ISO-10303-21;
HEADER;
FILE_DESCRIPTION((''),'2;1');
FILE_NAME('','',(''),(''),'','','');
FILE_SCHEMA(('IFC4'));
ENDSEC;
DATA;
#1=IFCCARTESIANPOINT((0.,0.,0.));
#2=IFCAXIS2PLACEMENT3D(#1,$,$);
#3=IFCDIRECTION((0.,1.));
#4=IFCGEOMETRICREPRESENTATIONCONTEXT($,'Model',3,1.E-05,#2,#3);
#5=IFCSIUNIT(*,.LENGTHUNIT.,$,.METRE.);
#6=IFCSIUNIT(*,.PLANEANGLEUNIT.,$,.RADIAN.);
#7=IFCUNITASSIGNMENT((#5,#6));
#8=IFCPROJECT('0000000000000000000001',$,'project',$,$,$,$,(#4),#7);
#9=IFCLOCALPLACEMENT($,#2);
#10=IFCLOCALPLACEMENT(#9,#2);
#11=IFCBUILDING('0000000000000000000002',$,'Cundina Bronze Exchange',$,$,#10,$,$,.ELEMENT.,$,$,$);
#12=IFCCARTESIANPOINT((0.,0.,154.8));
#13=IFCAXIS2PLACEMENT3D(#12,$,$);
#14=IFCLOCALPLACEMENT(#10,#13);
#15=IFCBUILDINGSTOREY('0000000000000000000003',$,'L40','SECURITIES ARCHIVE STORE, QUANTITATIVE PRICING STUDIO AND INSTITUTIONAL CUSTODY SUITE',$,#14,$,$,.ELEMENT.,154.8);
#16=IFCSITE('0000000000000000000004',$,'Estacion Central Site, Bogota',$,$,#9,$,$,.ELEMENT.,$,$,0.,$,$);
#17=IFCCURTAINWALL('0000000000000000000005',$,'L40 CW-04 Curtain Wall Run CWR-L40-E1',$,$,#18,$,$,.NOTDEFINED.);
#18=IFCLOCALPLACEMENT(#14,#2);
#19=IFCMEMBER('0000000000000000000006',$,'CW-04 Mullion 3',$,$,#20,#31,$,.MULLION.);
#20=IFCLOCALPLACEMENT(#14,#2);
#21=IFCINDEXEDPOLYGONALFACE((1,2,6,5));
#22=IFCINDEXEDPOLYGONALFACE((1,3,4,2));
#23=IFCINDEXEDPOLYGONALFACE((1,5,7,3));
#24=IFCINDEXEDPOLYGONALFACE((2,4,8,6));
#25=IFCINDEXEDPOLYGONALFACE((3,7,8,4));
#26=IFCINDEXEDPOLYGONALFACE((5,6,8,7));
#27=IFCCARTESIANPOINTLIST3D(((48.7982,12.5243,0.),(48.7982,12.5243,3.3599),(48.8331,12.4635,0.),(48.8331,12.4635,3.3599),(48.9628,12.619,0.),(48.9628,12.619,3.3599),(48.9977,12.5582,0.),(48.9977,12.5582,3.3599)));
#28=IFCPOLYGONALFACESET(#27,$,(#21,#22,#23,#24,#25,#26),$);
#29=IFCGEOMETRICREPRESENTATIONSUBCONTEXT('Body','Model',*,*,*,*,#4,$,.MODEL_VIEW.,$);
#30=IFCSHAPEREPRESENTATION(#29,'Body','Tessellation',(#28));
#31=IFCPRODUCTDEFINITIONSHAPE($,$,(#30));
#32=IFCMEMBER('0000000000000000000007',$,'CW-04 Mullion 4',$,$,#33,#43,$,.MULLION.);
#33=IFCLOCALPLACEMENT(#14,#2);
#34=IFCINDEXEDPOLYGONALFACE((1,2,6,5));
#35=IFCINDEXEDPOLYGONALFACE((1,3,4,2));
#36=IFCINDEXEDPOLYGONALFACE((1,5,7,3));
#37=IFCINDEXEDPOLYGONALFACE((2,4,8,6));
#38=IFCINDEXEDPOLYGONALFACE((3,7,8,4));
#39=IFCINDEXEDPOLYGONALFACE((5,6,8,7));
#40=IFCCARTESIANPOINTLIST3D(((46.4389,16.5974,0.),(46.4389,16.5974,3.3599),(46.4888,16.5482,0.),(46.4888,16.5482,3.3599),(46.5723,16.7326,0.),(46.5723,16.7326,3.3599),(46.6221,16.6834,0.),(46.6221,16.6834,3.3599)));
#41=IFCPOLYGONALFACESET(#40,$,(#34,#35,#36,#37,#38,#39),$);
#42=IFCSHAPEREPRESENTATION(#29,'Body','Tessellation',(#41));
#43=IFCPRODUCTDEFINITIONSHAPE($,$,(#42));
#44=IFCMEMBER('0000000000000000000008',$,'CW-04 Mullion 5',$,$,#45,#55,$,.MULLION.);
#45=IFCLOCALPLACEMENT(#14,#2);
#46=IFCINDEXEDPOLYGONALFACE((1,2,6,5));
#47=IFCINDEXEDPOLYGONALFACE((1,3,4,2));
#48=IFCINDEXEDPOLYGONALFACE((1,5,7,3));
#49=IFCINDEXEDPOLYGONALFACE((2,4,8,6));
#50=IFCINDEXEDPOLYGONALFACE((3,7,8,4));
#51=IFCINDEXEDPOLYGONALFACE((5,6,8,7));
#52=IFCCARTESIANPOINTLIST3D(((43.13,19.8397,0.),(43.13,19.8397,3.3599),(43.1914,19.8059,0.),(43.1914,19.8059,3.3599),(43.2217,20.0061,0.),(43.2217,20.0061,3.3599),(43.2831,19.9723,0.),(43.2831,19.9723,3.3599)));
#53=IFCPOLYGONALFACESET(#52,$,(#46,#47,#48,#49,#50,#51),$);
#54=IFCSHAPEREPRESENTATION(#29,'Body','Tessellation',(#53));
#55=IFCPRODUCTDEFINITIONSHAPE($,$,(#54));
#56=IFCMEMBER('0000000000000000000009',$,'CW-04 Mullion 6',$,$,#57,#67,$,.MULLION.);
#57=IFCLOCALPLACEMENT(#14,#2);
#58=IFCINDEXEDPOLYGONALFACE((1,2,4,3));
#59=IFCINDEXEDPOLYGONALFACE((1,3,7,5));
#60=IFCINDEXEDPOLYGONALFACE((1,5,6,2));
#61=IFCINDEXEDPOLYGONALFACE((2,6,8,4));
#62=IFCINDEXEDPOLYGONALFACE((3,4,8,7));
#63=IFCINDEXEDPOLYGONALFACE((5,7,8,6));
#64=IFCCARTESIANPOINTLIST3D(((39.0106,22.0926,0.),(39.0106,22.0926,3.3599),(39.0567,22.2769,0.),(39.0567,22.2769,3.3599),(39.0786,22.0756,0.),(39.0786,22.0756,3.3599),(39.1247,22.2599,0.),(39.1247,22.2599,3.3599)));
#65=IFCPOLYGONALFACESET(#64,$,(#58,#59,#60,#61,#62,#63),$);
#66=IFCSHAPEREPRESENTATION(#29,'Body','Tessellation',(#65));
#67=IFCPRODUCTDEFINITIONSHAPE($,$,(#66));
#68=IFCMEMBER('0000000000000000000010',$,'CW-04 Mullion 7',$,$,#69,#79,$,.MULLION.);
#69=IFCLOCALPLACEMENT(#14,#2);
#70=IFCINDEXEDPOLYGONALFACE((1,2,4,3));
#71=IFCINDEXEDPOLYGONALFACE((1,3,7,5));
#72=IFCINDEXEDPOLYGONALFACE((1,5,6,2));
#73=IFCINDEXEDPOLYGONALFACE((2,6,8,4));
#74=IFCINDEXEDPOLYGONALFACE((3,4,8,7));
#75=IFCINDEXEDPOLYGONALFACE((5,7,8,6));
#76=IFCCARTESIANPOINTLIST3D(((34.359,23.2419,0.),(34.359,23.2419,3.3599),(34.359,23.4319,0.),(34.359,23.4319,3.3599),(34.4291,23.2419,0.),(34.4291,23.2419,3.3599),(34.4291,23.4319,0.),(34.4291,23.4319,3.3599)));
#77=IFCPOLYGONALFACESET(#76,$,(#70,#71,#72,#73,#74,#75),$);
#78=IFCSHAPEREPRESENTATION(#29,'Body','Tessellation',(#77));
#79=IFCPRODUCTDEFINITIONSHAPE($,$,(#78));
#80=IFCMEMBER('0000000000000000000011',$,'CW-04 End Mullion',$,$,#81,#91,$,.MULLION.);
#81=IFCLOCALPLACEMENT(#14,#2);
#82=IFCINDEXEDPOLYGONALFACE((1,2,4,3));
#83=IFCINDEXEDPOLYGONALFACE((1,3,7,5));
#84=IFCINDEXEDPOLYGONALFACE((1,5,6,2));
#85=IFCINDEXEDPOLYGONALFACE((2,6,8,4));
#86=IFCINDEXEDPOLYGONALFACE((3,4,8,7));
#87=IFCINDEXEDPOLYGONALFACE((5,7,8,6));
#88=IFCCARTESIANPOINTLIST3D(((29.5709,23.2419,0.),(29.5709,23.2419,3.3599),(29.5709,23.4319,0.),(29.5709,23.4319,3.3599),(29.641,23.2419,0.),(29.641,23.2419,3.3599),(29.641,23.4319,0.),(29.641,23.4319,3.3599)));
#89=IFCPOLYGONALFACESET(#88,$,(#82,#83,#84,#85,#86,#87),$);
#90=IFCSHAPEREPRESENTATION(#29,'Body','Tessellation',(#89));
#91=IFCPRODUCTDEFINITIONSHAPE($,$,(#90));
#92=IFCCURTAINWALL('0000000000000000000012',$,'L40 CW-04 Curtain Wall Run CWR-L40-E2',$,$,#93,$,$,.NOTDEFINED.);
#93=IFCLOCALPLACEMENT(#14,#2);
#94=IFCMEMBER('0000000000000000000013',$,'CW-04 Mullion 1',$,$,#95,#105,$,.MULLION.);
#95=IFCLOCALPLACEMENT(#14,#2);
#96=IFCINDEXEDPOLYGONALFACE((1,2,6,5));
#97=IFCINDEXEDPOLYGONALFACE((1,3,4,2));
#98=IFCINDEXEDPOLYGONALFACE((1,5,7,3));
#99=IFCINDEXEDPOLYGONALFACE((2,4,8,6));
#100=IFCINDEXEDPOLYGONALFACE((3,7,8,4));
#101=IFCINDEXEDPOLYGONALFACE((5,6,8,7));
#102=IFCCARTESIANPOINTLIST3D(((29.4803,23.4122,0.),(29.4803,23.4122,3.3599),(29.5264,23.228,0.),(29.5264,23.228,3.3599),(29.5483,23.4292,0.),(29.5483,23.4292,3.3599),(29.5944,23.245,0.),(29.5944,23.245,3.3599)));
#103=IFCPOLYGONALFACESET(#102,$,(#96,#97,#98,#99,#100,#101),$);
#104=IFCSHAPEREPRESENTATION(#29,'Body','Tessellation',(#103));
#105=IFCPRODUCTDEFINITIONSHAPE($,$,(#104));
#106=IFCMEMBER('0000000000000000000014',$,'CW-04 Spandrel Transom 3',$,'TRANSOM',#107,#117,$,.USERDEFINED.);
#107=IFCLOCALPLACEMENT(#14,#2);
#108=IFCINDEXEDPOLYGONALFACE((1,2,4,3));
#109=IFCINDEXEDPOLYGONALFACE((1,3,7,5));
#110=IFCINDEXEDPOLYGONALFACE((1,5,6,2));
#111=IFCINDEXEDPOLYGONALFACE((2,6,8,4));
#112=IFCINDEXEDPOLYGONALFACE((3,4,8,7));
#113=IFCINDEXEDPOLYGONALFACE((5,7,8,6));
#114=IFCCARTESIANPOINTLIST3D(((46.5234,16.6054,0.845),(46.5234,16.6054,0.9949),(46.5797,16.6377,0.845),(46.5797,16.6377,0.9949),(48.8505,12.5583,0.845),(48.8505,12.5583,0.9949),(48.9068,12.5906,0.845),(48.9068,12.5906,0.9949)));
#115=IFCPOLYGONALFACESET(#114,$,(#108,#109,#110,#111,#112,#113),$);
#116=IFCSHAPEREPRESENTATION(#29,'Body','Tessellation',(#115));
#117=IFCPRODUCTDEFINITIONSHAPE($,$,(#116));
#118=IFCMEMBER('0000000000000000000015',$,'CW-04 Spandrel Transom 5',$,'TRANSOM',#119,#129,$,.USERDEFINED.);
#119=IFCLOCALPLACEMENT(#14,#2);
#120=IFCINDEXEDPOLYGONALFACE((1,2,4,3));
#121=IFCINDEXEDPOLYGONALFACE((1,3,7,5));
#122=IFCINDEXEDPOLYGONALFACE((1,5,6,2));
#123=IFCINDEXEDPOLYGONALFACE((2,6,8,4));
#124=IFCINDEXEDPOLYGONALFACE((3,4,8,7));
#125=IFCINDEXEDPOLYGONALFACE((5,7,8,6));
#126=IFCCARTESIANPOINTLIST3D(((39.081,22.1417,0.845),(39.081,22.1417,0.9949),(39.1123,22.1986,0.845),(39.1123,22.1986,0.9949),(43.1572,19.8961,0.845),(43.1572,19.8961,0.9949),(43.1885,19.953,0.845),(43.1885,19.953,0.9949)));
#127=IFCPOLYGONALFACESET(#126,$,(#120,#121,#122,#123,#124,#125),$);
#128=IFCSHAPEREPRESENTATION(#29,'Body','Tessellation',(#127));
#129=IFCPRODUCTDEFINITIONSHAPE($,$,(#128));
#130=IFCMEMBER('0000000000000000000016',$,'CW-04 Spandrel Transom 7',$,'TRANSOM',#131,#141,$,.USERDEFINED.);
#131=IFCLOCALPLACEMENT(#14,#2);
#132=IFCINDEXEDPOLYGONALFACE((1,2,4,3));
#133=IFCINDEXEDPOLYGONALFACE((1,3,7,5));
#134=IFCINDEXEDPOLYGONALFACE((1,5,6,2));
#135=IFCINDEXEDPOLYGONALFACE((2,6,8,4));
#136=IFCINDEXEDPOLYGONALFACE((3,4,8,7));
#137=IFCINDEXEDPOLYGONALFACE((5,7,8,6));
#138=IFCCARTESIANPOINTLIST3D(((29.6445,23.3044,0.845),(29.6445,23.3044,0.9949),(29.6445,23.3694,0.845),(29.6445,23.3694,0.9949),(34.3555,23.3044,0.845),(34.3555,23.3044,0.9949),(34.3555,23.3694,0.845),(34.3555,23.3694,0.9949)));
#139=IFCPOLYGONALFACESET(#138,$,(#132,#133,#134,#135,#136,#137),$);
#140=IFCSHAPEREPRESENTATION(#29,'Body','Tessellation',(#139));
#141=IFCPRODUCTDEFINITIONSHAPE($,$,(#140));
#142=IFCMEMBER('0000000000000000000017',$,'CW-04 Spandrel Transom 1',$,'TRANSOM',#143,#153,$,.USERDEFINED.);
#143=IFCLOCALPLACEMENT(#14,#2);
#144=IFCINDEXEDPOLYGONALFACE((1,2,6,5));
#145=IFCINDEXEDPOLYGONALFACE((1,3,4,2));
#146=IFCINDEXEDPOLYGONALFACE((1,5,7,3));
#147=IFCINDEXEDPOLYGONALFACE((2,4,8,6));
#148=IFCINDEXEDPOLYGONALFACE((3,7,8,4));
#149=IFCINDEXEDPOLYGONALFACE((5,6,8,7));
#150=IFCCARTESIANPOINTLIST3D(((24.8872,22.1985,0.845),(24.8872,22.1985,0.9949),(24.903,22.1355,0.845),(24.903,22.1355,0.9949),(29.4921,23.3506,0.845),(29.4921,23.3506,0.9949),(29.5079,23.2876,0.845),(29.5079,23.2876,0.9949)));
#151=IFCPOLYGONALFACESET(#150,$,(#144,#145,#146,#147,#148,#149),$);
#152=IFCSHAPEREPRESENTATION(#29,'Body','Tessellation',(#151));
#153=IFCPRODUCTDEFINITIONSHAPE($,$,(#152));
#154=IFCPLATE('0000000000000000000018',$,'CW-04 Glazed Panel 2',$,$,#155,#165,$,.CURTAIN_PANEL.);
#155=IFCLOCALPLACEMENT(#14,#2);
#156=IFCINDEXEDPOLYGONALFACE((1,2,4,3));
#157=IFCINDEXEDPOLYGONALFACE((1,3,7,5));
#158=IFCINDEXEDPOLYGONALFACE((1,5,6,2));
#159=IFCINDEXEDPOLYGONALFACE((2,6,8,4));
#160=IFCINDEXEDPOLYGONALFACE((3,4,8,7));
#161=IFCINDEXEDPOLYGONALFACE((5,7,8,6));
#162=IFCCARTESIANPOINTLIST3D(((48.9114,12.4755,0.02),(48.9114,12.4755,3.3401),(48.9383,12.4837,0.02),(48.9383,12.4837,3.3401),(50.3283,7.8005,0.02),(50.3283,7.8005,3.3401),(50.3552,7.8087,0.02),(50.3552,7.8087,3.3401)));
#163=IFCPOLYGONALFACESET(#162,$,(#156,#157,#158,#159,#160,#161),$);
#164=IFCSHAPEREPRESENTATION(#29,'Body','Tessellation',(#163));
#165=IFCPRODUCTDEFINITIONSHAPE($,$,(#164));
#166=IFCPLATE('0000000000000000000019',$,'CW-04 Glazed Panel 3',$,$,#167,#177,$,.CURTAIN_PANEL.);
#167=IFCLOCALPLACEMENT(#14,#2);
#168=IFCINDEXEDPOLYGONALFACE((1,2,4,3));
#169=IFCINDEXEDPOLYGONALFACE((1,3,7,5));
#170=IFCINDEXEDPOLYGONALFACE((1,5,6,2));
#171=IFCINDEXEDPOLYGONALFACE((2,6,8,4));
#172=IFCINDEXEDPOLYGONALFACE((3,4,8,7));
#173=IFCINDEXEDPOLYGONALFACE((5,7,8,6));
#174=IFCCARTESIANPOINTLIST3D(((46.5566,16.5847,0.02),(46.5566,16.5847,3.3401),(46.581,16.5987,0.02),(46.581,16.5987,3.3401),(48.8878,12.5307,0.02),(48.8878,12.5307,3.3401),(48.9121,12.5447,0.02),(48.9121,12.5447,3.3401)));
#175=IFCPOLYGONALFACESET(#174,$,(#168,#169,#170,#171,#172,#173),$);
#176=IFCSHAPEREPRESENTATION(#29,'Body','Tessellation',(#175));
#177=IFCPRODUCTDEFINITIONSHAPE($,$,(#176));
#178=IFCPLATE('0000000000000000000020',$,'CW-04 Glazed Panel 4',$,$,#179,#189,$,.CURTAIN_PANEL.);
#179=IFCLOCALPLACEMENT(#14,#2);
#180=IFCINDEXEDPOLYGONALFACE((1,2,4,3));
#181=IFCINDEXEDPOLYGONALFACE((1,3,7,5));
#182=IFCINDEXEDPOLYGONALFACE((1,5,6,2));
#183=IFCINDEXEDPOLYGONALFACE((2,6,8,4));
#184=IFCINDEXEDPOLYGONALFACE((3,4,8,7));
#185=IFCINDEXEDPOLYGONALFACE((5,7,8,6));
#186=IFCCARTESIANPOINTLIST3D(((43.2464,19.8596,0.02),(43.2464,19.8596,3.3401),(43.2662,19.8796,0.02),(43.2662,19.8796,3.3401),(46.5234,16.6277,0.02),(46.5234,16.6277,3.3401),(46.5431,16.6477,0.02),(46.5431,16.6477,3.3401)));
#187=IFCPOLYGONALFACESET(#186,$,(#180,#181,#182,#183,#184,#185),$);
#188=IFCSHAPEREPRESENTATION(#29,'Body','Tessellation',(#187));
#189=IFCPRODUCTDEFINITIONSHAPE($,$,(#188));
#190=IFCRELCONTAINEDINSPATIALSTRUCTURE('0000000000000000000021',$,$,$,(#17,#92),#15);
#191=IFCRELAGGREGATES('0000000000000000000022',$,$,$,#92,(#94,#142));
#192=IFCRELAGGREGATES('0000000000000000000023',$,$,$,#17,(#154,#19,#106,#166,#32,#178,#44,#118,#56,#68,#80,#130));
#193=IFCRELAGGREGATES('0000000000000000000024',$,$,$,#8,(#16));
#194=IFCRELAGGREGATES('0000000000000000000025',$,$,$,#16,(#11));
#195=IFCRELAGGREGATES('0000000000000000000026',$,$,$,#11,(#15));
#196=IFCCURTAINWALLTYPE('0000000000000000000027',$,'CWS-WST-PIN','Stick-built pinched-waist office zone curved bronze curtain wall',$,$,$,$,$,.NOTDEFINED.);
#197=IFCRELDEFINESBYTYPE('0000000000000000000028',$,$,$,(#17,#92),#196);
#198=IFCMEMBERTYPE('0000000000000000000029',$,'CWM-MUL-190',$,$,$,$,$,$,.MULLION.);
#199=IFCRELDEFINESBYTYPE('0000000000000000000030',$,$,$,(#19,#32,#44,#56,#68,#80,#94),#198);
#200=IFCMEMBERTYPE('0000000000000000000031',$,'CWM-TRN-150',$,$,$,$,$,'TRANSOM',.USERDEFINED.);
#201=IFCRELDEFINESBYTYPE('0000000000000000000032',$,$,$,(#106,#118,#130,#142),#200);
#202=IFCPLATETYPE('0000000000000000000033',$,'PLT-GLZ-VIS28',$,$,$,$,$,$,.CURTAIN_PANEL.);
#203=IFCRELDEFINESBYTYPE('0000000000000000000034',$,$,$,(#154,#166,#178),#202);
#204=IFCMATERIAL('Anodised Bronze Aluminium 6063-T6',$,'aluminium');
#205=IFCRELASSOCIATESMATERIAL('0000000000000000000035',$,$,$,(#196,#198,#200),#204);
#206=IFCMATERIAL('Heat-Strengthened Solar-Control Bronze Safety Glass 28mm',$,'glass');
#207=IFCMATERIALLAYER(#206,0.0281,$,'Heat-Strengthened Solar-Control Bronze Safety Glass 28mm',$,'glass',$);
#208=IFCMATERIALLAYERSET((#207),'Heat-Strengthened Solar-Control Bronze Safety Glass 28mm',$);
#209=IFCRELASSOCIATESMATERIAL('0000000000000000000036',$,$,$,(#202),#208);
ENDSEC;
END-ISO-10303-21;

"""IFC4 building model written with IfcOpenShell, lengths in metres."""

from ifc_helpers import new_model, si_unit, direction, frame, origin, origin_2d, place, context, subcontext, project, spatial, rectangle, extrude, material, layer, layer_set, material_profile, profile_set, type_object, element, aggregate, save


model = new_model("IFC4")

# Units and contexts
model_context = context("Model", 3, precision=1e-05, world=origin(), true_north=direction((0.0, 1.0)))
body_context = subcontext(model_context, "Body", "Model", "MODEL_VIEW")
ifc_project = project(units=[si_unit("LENGTHUNIT", "METRE"), si_unit("PLANEANGLEUNIT", "RADIAN")], contexts=[model_context])

# Site, building, storey
site_placement = place(None, origin())
site = spatial("IfcSite", under=ifc_project, at=site_placement, Name="Estacion Central Site, Bogota", CompositionType="ELEMENT", RefElevation=0.0)
building_placement = place(site_placement, origin())
building = spatial("IfcBuilding", under=site, at=building_placement, Name="Cundina Bronze Exchange", CompositionType="ELEMENT")
storey_placement = place(building_placement, frame((0.0, 0.0, 154.8)))
storey = spatial("IfcBuildingStorey", under=building, at=storey_placement, Name="L40", Description="SECURITIES ARCHIVE STORE, QUANTITATIVE PRICING STUDIO AND INSTITUTIONAL CUSTODY SUITE", CompositionType="ELEMENT", Elevation=154.8)

# Curtain wall, members
ifc_material_1 = material(Name="Anodised Bronze Aluminium 6063-T6", Category="aluminium")
curtain_wall_type = type_object("IfcCurtainWallType", Name="CWS-WST-PIN", Description="Stick-built pinched-waist office zone curved bronze curtain wall", PredefinedType="NOTDEFINED", material=ifc_material_1)
curtain_wall_1_placement = place(storey_placement, origin())
curtain_wall_1 = element("IfcCurtainWall", 1, at=curtain_wall_1_placement, inside=storey, type_object=curtain_wall_type, Name="L40 CW-04 Curtain Wall Run CWR-L40-E1", PredefinedType="NOTDEFINED")
ifc_material_profile_1 = material_profile(ifc_material_1, rectangle(XDim=0.0701, YDim=0.1899, at=origin_2d()), Name="AL70X190", Category="aluminium")
ifc_profile_set_1 = profile_set([ifc_material_profile_1], Name="Anodised Bronze Aluminium 6063-T6")
member_type_1 = type_object("IfcMemberType", Name="CWM-MUL-190", PredefinedType="MULLION", material=ifc_profile_set_1)
member_1_placement = place(storey_placement, frame((48.8979, 12.5413, 0.0), z_axis=(0.0, 0.0, 1.0), x_axis=(-0.498488, 0.866897, 0.0)))
member_1 = element("IfcMember", 2, at=member_1_placement, type_object=member_type_1, Name="CW-04 Mullion 3", PredefinedType="MULLION", context=body_context, shape_type="SweptSolid", body=[
    extrude(rectangle(XDim=0.0701, YDim=0.1899, at=origin_2d()), origin(), (0.0, 0.0, 1.0), 3.3599),
])
member_2_placement = place(storey_placement, frame((46.5305, 16.6404, 0.0), z_axis=(0.0, 0.0, 1.0), x_axis=(-0.712026, 0.702153, 0.0)))
member_2 = element("IfcMember", 3, at=member_2_placement, type_object=member_type_1, Name="CW-04 Mullion 4", PredefinedType="MULLION", context=body_context, shape_type="SweptSolid", body=[
    extrude(rectangle(XDim=0.0701, YDim=0.1899, at=origin_2d()), origin(), (0.0, 0.0, 1.0), 3.3599),
])
member_3_placement = place(storey_placement, frame((43.2065, 19.906, 0.0), z_axis=(0.0, 0.0, 1.0), x_axis=(-0.875886, 0.482518, 0.0)))
member_3 = element("IfcMember", 4, at=member_3_placement, type_object=member_type_1, Name="CW-04 Mullion 5", PredefinedType="MULLION", context=body_context, shape_type="SweptSolid", body=[
    extrude(rectangle(XDim=0.0701, YDim=0.1899, at=origin_2d()), origin(), (0.0, 0.0, 1.0), 3.3599),
])
member_4_placement = place(storey_placement, frame((39.0676, 22.1763, 0.0), z_axis=(0.0, 0.0, 1.0), x_axis=(-0.970084, 0.242769, 0.0)))
member_4 = element("IfcMember", 5, at=member_4_placement, type_object=member_type_1, Name="CW-04 Mullion 6", PredefinedType="MULLION", context=body_context, shape_type="SweptSolid", body=[
    extrude(rectangle(XDim=0.0701, YDim=0.1899, at=origin_2d()), origin(), (0.0, 0.0, 1.0), 3.3599),
])
member_5_placement = place(storey_placement, frame((34.394, 23.3369, 0.0), z_axis=(0.0, 0.0, 1.0), x_axis=(-1.0, 0.0, 0.0)))
member_5 = element("IfcMember", 6, at=member_5_placement, type_object=member_type_1, Name="CW-04 Mullion 7", PredefinedType="MULLION", context=body_context, shape_type="SweptSolid", body=[
    extrude(rectangle(XDim=0.0701, YDim=0.1899, at=origin_2d()), origin(), (0.0, 0.0, 1.0), 3.3599),
])
member_6_placement = place(storey_placement, frame((29.606, 23.3369, 0.0), z_axis=(0.0, 0.0, 1.0), x_axis=(-1.0, 0.0, 0.0)))
member_6 = element("IfcMember", 7, at=member_6_placement, type_object=member_type_1, Name="CW-04 End Mullion", PredefinedType="MULLION", context=body_context, shape_type="SweptSolid", body=[
    extrude(rectangle(XDim=0.0701, YDim=0.1899, at=origin_2d()), origin(), (0.0, 0.0, 1.0), 3.3599),
])

# Curtain wall, member
curtain_wall_2_placement = place(storey_placement, origin())
curtain_wall_2 = element("IfcCurtainWall", 8, at=curtain_wall_2_placement, inside=storey, type_object=curtain_wall_type, Name="L40 CW-04 Curtain Wall Run CWR-L40-E2", PredefinedType="NOTDEFINED")
member_7_placement = place(storey_placement, frame((29.5374, 23.3286, 0.0), z_axis=(0.0, 0.0, 1.0), x_axis=(-0.970084, -0.242769, 0.0)))
member_7 = element("IfcMember", 9, at=member_7_placement, type_object=member_type_1, Name="CW-04 Mullion 1", PredefinedType="MULLION", context=body_context, shape_type="SweptSolid", body=[
    extrude(rectangle(XDim=0.0701, YDim=0.1899, at=origin_2d()), origin(), (0.0, 0.0, 1.0), 3.3599),
])

# Members
ifc_material_profile_2 = material_profile(ifc_material_1, rectangle(XDim=0.0649, YDim=0.1499, at=origin_2d()), Name="AL65X150", Category="aluminium")
ifc_profile_set_2 = profile_set([ifc_material_profile_2], Name="Anodised Bronze Aluminium 6063-T6")
member_type_2 = type_object("IfcMemberType", Name="CWM-TRN-150", ElementType="TRANSOM", PredefinedType="USERDEFINED", material=ifc_profile_set_2)
member_8_placement = place(storey_placement, frame((48.8787, 12.5745, 0.9199), z_axis=(-0.49848, 0.866901, 0.0), x_axis=(-0.866901, -0.49848, 0.0)))
member_8 = element("IfcMember", 10, at=member_8_placement, type_object=member_type_2, Name="CW-04 Spandrel Transom 3", ObjectType="TRANSOM", PredefinedType="USERDEFINED", context=body_context, shape_type="SweptSolid", body=[
    extrude(rectangle(XDim=0.0649, YDim=0.1499, at=origin_2d()), origin(), (0.0, 0.0, 1.0), 4.6685),
])
member_9_placement = place(storey_placement, frame((43.1729, 19.9246, 0.9199), z_axis=(-0.875879, 0.482531, 0.0), x_axis=(-0.482531, -0.875879, 0.0)))
member_9 = element("IfcMember", 11, at=member_9_placement, type_object=member_type_2, Name="CW-04 Spandrel Transom 5", ObjectType="TRANSOM", PredefinedType="USERDEFINED", context=body_context, shape_type="SweptSolid", body=[
    extrude(rectangle(XDim=0.0649, YDim=0.1499, at=origin_2d()), origin(), (0.0, 0.0, 1.0), 4.6538),
])
member_10_placement = place(storey_placement, frame((34.3555, 23.3369, 0.9199), z_axis=(-1.0, 0.0, 0.0), x_axis=(0.0, -1.0, 0.0)))
member_10 = element("IfcMember", 12, at=member_10_placement, type_object=member_type_2, Name="CW-04 Spandrel Transom 7", ObjectType="TRANSOM", PredefinedType="USERDEFINED", context=body_context, shape_type="SweptSolid", body=[
    extrude(rectangle(XDim=0.0649, YDim=0.1499, at=origin_2d()), origin(), (0.0, 0.0, 1.0), 4.7109),
])
member_11_placement = place(storey_placement, frame((29.5, 23.3191, 0.9199), z_axis=(-0.9701, -0.242705, 0.0), x_axis=(0.242705, -0.9701, 0.0)))
member_11 = element("IfcMember", 13, at=member_11_placement, type_object=member_type_2, Name="CW-04 Spandrel Transom 1", ObjectType="TRANSOM", PredefinedType="USERDEFINED", context=body_context, shape_type="SweptSolid", body=[
    extrude(rectangle(XDim=0.0649, YDim=0.1499, at=origin_2d()), origin(), (0.0, 0.0, 1.0), 4.7468),
])
aggregate(curtain_wall_2, [member_7, member_11])

# Plates
ifc_material_2 = material(Name="Heat-Strengthened Solar-Control Bronze Safety Glass 28mm", Category="glass")
ifc_layer_1 = layer(ifc_material_2, 0.0281, Name="Heat-Strengthened Solar-Control Bronze Safety Glass 28mm", Category="glass")
ifc_layer_set_1 = layer_set([ifc_layer_1], Name="Heat-Strengthened Solar-Control Bronze Safety Glass 28mm")
plate_type_1 = type_object("IfcPlateType", Name="PLT-GLZ-VIS28", PredefinedType="CURTAIN_PANEL", material=ifc_layer_set_1)
plate_1_placement = place(storey_placement, frame((49.6333, 10.1421, 0.02), z_axis=(0.0, 0.0, 1.0), x_axis=(-0.290051, 0.957011, 0.0)))
plate_1 = element("IfcPlate", 14, at=plate_1_placement, type_object=plate_type_1, Name="CW-04 Glazed Panel 2", PredefinedType="CURTAIN_PANEL", context=body_context, shape_type="SweptSolid", body=[
    extrude(rectangle(XDim=4.885, YDim=0.0281, at=origin_2d()), origin(), (0.0, 0.0, 1.0), 3.3201),
])
plate_2_placement = place(storey_placement, frame((47.7344, 14.5647, 0.02), z_axis=(0.0, 0.0, 1.0), x_axis=(-0.498488, 0.866897, 0.0)))
plate_2 = element("IfcPlate", 15, at=plate_2_placement, type_object=plate_type_1, Name="CW-04 Glazed Panel 3", PredefinedType="CURTAIN_PANEL", context=body_context, shape_type="SweptSolid", body=[
    extrude(rectangle(XDim=4.6765, YDim=0.0281, at=origin_2d()), origin(), (0.0, 0.0, 1.0), 3.3201),
])
plate_3_placement = place(storey_placement, frame((44.8948, 18.2537, 0.02), z_axis=(0.0, 0.0, 1.0), x_axis=(-0.711989, 0.70219, 0.0)))
plate_3 = element("IfcPlate", 16, at=plate_3_placement, type_object=plate_type_1, Name="CW-04 Glazed Panel 4", PredefinedType="CURTAIN_PANEL", context=body_context, shape_type="SweptSolid", body=[
    extrude(rectangle(XDim=4.6025, YDim=0.0281, at=origin_2d()), origin(), (0.0, 0.0, 1.0), 3.3201),
])
aggregate(curtain_wall_1, [plate_1, member_1, member_8, plate_2, member_2, plate_3, member_3, member_9, member_4, member_5, member_6, member_10])

save(model, "model.ifc")
